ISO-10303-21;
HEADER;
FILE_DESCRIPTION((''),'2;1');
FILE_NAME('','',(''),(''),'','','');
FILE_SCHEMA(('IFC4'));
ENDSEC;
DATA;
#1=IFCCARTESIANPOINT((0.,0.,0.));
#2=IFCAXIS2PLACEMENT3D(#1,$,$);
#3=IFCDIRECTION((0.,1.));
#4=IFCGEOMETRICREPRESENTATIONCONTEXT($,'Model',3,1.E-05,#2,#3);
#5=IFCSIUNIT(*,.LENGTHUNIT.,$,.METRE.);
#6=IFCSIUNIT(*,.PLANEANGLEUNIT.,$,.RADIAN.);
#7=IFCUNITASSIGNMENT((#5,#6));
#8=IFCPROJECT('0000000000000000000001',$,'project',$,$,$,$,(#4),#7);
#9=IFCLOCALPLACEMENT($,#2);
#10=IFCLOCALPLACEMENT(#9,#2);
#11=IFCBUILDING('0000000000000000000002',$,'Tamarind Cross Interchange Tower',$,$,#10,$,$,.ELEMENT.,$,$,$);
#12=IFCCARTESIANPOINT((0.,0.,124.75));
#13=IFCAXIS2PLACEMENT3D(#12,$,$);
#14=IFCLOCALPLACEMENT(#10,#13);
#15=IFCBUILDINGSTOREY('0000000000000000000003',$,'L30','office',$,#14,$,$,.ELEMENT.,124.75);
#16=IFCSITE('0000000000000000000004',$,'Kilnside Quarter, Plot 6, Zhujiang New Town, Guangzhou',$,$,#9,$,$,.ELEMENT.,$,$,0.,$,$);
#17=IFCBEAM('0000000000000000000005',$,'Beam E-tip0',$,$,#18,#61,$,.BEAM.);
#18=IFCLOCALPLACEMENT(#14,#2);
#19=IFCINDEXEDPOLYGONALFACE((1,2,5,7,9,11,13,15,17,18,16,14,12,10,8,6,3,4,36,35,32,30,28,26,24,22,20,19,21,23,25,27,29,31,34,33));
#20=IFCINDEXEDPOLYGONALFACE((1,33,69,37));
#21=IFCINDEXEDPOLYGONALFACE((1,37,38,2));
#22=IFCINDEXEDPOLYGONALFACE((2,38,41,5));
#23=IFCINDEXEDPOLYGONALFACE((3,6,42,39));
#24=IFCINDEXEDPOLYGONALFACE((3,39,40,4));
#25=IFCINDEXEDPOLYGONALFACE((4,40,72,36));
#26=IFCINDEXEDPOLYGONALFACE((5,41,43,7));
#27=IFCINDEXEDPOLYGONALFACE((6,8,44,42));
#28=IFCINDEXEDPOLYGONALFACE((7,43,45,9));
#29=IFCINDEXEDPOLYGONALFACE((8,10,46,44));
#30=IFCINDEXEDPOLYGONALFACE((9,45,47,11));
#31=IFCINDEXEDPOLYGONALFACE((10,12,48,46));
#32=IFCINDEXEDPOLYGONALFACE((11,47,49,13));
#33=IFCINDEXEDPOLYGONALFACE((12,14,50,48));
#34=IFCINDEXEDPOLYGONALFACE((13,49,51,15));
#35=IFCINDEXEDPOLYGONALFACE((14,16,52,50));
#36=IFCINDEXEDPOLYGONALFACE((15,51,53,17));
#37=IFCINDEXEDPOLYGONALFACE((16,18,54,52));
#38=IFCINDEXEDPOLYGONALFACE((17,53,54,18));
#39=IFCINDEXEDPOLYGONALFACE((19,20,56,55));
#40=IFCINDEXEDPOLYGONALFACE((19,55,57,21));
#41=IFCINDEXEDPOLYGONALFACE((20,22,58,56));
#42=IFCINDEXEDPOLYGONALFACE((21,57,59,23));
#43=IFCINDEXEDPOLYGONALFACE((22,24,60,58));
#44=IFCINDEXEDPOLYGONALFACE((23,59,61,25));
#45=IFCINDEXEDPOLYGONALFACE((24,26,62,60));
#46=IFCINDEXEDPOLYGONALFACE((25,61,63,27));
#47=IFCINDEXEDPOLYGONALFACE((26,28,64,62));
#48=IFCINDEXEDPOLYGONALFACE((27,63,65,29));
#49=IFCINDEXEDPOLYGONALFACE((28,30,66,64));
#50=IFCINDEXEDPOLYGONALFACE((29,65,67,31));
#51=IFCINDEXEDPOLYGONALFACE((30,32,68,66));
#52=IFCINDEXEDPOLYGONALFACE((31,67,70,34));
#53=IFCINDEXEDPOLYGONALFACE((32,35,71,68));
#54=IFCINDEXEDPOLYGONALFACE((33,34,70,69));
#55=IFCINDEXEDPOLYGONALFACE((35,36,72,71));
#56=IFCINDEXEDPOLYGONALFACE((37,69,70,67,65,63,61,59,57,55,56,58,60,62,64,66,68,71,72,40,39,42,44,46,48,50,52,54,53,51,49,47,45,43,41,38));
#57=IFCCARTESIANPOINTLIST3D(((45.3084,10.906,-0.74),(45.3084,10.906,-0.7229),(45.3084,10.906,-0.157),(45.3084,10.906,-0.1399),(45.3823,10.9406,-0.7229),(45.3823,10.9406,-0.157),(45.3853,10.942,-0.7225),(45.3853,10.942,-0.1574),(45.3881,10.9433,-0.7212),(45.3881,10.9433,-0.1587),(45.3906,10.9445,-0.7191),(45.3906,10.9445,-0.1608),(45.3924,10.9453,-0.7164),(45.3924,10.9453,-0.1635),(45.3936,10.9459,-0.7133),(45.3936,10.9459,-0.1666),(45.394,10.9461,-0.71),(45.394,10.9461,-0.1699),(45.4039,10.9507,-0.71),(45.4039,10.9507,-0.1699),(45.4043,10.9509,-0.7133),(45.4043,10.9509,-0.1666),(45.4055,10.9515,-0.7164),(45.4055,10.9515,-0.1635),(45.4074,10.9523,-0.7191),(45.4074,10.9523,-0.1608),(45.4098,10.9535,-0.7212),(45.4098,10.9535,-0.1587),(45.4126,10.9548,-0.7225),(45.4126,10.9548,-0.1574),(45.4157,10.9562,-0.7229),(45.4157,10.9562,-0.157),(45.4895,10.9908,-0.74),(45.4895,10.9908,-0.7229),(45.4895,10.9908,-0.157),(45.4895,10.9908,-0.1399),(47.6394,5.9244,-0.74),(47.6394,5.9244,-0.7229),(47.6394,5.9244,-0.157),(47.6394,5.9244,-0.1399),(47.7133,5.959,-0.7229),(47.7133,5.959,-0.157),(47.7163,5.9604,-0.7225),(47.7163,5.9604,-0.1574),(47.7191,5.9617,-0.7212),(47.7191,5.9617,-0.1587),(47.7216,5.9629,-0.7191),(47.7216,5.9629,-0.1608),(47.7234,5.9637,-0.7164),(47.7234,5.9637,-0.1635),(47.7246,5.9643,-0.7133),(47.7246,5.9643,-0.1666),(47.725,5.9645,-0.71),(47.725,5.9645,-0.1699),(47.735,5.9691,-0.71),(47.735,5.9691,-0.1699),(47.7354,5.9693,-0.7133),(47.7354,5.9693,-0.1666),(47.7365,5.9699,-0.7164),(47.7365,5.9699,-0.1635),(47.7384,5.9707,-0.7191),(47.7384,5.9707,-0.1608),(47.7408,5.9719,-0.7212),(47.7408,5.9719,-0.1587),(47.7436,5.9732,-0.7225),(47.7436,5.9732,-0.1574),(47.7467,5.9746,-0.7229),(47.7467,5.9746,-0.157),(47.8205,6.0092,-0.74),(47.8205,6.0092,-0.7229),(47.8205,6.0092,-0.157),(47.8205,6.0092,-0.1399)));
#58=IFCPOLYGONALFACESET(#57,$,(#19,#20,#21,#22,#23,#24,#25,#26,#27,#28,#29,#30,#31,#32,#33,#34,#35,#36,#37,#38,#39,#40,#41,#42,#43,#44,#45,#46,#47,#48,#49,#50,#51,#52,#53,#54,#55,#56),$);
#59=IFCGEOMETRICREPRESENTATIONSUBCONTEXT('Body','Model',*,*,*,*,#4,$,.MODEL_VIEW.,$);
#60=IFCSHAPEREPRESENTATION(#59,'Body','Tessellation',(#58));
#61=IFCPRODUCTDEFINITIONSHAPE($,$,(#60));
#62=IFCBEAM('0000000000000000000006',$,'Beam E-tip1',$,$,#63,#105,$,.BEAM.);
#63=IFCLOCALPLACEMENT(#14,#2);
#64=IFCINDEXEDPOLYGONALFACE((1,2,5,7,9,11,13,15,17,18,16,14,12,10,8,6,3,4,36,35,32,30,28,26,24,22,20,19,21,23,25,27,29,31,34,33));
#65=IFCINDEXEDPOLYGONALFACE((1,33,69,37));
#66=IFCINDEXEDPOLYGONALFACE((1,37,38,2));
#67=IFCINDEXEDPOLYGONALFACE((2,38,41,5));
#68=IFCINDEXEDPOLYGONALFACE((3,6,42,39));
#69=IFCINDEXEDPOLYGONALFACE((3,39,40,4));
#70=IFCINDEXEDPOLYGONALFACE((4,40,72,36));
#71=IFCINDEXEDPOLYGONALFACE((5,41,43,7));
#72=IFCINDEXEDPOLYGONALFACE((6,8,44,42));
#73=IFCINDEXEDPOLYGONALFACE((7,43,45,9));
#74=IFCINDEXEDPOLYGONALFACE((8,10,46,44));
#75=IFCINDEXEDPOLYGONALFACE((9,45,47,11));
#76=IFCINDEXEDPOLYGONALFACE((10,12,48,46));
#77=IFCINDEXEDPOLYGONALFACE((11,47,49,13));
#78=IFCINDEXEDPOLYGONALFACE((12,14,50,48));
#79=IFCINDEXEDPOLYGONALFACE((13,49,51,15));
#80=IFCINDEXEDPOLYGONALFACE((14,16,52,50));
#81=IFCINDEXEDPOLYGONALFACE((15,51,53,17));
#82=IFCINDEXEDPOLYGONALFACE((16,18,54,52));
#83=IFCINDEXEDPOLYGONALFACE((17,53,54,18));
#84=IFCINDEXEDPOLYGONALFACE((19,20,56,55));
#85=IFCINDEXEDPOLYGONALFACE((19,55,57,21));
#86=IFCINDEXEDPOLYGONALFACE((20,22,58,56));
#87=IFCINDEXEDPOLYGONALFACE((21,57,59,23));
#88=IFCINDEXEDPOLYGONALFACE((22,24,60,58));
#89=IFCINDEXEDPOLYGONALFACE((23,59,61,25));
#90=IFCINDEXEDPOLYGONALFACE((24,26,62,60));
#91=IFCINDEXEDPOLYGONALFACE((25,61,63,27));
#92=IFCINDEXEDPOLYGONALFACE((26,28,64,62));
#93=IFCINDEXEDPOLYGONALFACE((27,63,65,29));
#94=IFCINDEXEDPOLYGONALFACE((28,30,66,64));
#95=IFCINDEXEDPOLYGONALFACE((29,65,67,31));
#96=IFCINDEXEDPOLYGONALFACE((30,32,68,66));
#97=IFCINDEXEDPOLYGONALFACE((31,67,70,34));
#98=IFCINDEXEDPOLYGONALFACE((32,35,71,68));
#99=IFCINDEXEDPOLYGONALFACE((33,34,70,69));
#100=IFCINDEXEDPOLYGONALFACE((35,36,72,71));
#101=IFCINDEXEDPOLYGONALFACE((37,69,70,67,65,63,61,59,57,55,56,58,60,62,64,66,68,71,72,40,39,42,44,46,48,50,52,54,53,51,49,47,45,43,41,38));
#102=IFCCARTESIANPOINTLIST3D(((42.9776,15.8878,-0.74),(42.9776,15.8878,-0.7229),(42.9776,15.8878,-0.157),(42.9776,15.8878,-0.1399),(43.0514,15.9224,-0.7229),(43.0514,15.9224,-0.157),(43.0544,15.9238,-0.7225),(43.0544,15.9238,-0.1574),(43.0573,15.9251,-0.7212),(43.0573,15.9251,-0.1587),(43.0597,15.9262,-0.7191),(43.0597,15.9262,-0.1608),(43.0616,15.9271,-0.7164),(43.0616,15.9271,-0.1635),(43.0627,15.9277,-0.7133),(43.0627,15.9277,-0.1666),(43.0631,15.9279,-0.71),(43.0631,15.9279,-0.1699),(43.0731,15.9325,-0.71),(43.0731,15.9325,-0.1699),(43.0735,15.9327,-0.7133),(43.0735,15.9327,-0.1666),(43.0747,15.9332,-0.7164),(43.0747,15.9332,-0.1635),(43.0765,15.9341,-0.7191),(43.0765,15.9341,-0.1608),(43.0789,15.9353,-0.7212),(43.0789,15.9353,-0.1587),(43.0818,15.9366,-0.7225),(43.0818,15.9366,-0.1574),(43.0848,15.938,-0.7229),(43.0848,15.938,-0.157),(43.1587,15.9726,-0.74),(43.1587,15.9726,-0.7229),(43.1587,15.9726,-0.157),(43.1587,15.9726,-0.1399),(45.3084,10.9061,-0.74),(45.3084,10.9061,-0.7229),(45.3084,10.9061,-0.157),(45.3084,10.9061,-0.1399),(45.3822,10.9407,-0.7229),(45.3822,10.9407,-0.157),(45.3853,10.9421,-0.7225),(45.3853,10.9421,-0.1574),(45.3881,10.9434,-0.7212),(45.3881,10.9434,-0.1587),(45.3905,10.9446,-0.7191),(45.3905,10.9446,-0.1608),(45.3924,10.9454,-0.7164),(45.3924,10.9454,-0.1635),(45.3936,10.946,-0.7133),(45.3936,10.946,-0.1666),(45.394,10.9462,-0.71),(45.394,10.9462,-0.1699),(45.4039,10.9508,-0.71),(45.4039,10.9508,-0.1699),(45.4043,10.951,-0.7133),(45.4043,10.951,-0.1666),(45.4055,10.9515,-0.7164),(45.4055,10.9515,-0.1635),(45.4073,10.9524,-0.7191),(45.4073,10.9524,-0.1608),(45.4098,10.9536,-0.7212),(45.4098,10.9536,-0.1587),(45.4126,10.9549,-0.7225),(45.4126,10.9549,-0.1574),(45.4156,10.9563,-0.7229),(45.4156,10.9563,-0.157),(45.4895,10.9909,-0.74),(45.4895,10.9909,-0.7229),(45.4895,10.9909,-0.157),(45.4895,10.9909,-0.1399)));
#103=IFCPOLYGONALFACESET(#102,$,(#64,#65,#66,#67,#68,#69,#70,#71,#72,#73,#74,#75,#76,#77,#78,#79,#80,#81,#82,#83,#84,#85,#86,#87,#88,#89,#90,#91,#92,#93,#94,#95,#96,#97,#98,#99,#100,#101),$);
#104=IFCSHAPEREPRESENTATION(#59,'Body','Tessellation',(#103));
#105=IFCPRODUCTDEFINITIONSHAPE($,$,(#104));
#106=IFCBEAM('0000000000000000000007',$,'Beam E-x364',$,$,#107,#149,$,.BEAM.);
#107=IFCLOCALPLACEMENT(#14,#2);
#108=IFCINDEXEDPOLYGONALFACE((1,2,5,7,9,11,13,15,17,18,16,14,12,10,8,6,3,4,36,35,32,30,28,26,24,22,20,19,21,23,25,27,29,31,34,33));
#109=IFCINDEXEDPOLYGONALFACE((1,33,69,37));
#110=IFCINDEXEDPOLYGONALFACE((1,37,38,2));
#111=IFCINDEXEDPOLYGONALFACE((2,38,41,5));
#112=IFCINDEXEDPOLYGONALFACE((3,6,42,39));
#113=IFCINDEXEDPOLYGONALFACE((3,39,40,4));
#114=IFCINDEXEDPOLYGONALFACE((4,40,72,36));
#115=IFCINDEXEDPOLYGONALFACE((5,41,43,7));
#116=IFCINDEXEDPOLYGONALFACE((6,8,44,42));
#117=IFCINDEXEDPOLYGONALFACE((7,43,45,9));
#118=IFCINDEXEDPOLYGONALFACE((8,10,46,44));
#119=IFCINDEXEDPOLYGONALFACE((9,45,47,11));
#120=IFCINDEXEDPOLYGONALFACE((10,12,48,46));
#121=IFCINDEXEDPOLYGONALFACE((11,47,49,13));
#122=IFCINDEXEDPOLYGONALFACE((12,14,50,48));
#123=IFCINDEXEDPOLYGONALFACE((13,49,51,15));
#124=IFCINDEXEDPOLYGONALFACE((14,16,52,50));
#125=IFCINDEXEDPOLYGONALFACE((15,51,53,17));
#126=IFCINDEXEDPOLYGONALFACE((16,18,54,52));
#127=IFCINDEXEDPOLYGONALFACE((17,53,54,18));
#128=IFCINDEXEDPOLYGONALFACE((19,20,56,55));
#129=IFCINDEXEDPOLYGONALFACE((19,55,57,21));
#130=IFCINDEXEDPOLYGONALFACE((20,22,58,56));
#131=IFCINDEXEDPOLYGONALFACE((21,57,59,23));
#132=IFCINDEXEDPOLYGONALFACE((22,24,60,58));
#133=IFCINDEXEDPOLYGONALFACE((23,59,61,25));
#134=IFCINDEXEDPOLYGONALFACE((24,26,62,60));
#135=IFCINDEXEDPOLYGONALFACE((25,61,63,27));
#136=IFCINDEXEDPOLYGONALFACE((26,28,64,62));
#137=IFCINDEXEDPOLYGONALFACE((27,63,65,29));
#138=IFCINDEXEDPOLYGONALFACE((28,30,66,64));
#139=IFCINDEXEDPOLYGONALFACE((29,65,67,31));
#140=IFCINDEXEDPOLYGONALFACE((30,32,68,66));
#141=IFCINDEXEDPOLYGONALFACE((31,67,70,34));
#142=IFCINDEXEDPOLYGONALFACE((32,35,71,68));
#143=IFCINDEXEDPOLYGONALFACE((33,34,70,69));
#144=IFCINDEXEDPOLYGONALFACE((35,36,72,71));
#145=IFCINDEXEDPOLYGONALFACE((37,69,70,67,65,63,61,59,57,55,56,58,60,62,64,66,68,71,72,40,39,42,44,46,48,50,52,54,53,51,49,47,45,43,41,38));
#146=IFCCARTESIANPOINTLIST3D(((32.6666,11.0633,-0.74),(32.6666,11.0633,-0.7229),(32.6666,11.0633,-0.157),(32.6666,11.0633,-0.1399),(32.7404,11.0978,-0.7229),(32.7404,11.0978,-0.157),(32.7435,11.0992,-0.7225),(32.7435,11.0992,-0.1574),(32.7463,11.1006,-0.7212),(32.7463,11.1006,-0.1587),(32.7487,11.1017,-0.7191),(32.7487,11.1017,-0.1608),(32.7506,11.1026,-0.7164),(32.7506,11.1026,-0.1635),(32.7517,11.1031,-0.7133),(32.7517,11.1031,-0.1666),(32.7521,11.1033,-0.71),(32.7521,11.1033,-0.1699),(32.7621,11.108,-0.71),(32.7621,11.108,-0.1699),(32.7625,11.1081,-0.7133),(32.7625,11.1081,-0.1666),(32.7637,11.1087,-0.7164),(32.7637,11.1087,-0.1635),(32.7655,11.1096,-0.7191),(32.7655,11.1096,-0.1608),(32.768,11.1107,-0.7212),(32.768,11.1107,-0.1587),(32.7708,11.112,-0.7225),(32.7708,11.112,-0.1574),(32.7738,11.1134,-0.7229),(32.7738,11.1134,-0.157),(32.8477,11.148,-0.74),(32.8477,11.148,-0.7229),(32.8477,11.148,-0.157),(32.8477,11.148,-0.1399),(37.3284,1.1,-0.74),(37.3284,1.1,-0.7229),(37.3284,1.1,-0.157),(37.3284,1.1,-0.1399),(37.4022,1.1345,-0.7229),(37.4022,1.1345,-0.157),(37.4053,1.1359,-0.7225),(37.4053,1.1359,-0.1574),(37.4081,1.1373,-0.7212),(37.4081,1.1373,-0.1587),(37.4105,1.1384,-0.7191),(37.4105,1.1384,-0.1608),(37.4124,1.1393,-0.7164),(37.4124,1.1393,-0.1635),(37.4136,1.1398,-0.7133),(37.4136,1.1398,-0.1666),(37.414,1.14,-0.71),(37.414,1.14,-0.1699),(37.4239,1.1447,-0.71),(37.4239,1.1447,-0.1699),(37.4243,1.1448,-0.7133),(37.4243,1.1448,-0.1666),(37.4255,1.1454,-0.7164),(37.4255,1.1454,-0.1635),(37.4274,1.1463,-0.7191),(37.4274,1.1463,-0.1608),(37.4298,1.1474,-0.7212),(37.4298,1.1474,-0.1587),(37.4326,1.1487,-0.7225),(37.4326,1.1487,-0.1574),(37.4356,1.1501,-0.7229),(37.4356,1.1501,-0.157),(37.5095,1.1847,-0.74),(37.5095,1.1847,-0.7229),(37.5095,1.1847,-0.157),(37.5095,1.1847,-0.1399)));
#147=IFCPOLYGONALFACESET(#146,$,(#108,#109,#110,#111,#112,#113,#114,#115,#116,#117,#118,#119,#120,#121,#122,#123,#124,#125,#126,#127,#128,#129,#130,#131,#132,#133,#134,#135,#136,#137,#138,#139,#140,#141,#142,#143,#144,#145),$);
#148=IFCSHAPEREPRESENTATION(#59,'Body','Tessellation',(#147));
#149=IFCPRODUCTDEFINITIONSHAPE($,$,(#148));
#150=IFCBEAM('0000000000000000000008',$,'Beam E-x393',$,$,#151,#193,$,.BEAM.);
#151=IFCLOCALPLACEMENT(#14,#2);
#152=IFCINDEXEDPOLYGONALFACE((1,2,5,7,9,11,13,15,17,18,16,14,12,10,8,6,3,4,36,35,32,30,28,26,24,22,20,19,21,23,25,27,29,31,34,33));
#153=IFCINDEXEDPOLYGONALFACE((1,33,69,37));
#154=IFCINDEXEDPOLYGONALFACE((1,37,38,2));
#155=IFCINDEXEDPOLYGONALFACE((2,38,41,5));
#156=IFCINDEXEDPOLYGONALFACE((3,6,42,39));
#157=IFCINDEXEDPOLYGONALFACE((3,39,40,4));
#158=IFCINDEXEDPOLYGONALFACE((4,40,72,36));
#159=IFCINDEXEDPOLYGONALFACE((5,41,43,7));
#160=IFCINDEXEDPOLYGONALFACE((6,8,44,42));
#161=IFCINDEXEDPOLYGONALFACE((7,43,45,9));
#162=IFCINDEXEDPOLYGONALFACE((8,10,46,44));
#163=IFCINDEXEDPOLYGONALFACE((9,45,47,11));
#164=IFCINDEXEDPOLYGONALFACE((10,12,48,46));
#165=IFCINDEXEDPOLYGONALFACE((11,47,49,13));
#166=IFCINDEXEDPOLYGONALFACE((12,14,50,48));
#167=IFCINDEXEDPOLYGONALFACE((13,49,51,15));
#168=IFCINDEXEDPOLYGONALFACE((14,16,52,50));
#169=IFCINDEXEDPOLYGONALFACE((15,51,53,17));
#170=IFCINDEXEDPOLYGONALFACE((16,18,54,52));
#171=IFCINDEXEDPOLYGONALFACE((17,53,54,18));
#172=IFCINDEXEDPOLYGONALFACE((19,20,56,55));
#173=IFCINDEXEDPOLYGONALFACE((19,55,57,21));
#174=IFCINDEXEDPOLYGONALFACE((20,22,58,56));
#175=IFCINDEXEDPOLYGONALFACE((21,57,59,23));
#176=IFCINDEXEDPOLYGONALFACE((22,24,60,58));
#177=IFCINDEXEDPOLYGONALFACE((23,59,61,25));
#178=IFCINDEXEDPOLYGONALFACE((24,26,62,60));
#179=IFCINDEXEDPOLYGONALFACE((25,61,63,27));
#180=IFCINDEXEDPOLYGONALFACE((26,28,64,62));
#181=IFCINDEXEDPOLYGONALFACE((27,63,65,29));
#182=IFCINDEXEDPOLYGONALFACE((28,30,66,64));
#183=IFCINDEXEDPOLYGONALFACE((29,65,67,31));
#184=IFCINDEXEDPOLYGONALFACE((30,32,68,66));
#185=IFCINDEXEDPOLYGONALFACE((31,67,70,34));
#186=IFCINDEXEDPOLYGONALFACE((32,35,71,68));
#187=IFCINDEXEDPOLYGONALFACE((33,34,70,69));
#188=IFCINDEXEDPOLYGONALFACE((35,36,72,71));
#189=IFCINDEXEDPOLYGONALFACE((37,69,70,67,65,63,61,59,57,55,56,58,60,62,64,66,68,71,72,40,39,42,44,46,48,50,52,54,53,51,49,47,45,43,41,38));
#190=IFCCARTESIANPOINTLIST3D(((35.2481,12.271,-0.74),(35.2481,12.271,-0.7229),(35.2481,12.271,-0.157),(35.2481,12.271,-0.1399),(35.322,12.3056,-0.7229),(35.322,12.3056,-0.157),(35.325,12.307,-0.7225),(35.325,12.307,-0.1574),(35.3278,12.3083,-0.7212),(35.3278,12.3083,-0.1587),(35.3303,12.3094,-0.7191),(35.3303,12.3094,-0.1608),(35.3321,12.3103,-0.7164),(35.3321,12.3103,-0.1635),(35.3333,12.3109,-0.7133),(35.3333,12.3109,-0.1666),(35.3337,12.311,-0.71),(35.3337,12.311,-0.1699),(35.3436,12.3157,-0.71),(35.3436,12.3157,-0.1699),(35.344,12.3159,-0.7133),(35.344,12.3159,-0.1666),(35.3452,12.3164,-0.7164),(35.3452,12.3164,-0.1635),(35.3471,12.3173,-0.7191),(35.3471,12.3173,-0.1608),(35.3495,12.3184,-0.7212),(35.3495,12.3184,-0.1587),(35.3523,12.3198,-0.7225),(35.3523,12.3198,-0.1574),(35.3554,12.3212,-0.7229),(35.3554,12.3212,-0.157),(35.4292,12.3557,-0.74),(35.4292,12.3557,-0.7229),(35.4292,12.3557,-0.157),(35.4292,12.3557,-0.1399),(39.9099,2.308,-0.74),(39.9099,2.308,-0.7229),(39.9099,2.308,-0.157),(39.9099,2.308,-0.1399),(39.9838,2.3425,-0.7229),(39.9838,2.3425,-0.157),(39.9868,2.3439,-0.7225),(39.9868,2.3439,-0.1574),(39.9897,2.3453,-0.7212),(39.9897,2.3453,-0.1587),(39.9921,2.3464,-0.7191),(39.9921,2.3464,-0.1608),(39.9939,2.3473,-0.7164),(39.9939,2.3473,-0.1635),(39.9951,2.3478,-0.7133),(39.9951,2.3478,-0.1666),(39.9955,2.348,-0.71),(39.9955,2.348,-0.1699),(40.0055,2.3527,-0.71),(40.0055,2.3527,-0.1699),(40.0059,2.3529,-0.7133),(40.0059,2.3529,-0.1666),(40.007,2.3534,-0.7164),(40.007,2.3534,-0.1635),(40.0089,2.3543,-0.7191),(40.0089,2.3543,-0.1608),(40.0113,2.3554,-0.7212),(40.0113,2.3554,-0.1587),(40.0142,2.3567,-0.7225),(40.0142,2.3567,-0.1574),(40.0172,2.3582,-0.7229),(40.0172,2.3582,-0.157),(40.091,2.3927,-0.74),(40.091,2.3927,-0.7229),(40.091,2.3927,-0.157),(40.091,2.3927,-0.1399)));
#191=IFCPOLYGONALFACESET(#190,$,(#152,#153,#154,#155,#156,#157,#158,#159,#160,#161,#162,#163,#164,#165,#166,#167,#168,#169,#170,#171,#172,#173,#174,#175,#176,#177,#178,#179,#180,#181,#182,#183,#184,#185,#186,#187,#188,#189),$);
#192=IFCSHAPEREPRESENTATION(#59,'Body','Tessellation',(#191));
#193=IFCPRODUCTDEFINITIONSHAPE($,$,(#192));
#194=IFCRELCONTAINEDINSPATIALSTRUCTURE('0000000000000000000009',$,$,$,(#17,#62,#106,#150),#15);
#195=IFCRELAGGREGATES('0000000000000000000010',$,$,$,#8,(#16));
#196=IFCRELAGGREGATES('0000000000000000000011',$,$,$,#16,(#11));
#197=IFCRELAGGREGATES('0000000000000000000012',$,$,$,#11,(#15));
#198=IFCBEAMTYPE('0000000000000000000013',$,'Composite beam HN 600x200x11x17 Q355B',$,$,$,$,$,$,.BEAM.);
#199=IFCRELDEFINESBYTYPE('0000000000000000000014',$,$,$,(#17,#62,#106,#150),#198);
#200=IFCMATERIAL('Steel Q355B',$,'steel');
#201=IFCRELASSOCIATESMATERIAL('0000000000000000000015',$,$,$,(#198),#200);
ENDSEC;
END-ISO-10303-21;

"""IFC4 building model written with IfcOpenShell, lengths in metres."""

from ifc_helpers import new_model, si_unit, direction, frame, origin, origin_2d, place, context, subcontext, project, spatial, i_section, extrude, material, material_profile, profile_set, type_object, element, save


model = new_model("IFC4")

# Units and contexts
model_context = context("Model", 3, precision=1e-05, world=origin(), true_north=direction((0.0, 1.0)))
body_context = subcontext(model_context, "Body", "Model", "MODEL_VIEW")
ifc_project = project(units=[si_unit("LENGTHUNIT", "METRE"), si_unit("PLANEANGLEUNIT", "RADIAN")], contexts=[model_context])

# Site, building, storey
site_placement = place(None, origin())
site = spatial("IfcSite", under=ifc_project, at=site_placement, Name="Kilnside Quarter, Plot 6, Zhujiang New Town, Guangzhou", CompositionType="ELEMENT", RefElevation=0.0)
building_placement = place(site_placement, origin())
building = spatial("IfcBuilding", under=site, at=building_placement, Name="Tamarind Cross Interchange Tower", CompositionType="ELEMENT")
storey_placement = place(building_placement, frame((0.0, 0.0, 124.75)))
storey = spatial("IfcBuildingStorey", under=building, at=storey_placement, Name="L30", Description="office", CompositionType="ELEMENT", Elevation=124.75)

# Beams
ifc_material_1 = material(Name="Steel Q355B", Category="steel")
ifc_material_profile_1 = material_profile(ifc_material_1, i_section(OverallWidth=0.2, OverallDepth=0.6001, WebThickness=0.011, FlangeThickness=0.0171, FilletRadius=0.0129, at=origin_2d()), Name="HN 600x200x11x17")
ifc_profile_set_1 = profile_set([ifc_material_profile_1], Name="Steel Q355B")
beam_type_1 = type_object("IfcBeamType", Name="Composite beam HN 600x200x11x17 Q355B", PredefinedType="BEAM", material=ifc_profile_set_1)
for number, where, z_axis, x_axis, name in (
    (1, (47.73, 5.9668, -0.4399), (-0.423821, 0.905746, 0.0), (-0.905746, -0.423821, 0.0), "Beam E-tip0"),
    (2, (45.3989, 10.9485, -0.4399), (-0.423784, 0.905763, 0.0), (-0.905763, -0.423784, 0.0), "Beam E-tip1"),
):
    element("IfcBeam", number, at=place(storey_placement, frame(where, z_axis=z_axis, x_axis=x_axis)), inside=storey, type_object=beam_type_1, Name=name, PredefinedType="BEAM", context=body_context, shape_type="SweptSolid", body=[
        extrude(i_section(OverallWidth=0.2, OverallDepth=0.6001, WebThickness=0.011, FlangeThickness=0.0171, FilletRadius=0.0129, at=origin_2d()), origin(), (0.0, 0.0, 1.0), 5.5),
    ])
beam_1_placement = place(storey_placement, frame((37.4189, 1.1423, -0.4399), z_axis=(-0.423803, 0.905755, 0.0), x_axis=(-0.905755, -0.423803, 0.0)))
element("IfcBeam", 3, at=beam_1_placement, inside=storey, type_object=beam_type_1, Name="Beam E-x364", PredefinedType="BEAM", context=body_context, shape_type="SweptSolid", body=[
    extrude(i_section(OverallWidth=0.2, OverallDepth=0.6001, WebThickness=0.011, FlangeThickness=0.0171, FilletRadius=0.0129, at=origin_2d()), origin(), (0.0, 0.0, 1.0), 11.0),
])
beam_2_placement = place(storey_placement, frame((40.0005, 2.3503, -0.4399), z_axis=(-0.423811, 0.905751, 0.0), x_axis=(-0.905751, -0.423811, 0.0)))
element("IfcBeam", 4, at=beam_2_placement, inside=storey, type_object=beam_type_1, Name="Beam E-x393", PredefinedType="BEAM", context=body_context, shape_type="SweptSolid", body=[
    extrude(i_section(OverallWidth=0.2, OverallDepth=0.6001, WebThickness=0.011, FlangeThickness=0.0171, FilletRadius=0.0129, at=origin_2d()), origin(), (0.0, 0.0, 1.0), 10.9998),
])

save(model, "model.ifc")
